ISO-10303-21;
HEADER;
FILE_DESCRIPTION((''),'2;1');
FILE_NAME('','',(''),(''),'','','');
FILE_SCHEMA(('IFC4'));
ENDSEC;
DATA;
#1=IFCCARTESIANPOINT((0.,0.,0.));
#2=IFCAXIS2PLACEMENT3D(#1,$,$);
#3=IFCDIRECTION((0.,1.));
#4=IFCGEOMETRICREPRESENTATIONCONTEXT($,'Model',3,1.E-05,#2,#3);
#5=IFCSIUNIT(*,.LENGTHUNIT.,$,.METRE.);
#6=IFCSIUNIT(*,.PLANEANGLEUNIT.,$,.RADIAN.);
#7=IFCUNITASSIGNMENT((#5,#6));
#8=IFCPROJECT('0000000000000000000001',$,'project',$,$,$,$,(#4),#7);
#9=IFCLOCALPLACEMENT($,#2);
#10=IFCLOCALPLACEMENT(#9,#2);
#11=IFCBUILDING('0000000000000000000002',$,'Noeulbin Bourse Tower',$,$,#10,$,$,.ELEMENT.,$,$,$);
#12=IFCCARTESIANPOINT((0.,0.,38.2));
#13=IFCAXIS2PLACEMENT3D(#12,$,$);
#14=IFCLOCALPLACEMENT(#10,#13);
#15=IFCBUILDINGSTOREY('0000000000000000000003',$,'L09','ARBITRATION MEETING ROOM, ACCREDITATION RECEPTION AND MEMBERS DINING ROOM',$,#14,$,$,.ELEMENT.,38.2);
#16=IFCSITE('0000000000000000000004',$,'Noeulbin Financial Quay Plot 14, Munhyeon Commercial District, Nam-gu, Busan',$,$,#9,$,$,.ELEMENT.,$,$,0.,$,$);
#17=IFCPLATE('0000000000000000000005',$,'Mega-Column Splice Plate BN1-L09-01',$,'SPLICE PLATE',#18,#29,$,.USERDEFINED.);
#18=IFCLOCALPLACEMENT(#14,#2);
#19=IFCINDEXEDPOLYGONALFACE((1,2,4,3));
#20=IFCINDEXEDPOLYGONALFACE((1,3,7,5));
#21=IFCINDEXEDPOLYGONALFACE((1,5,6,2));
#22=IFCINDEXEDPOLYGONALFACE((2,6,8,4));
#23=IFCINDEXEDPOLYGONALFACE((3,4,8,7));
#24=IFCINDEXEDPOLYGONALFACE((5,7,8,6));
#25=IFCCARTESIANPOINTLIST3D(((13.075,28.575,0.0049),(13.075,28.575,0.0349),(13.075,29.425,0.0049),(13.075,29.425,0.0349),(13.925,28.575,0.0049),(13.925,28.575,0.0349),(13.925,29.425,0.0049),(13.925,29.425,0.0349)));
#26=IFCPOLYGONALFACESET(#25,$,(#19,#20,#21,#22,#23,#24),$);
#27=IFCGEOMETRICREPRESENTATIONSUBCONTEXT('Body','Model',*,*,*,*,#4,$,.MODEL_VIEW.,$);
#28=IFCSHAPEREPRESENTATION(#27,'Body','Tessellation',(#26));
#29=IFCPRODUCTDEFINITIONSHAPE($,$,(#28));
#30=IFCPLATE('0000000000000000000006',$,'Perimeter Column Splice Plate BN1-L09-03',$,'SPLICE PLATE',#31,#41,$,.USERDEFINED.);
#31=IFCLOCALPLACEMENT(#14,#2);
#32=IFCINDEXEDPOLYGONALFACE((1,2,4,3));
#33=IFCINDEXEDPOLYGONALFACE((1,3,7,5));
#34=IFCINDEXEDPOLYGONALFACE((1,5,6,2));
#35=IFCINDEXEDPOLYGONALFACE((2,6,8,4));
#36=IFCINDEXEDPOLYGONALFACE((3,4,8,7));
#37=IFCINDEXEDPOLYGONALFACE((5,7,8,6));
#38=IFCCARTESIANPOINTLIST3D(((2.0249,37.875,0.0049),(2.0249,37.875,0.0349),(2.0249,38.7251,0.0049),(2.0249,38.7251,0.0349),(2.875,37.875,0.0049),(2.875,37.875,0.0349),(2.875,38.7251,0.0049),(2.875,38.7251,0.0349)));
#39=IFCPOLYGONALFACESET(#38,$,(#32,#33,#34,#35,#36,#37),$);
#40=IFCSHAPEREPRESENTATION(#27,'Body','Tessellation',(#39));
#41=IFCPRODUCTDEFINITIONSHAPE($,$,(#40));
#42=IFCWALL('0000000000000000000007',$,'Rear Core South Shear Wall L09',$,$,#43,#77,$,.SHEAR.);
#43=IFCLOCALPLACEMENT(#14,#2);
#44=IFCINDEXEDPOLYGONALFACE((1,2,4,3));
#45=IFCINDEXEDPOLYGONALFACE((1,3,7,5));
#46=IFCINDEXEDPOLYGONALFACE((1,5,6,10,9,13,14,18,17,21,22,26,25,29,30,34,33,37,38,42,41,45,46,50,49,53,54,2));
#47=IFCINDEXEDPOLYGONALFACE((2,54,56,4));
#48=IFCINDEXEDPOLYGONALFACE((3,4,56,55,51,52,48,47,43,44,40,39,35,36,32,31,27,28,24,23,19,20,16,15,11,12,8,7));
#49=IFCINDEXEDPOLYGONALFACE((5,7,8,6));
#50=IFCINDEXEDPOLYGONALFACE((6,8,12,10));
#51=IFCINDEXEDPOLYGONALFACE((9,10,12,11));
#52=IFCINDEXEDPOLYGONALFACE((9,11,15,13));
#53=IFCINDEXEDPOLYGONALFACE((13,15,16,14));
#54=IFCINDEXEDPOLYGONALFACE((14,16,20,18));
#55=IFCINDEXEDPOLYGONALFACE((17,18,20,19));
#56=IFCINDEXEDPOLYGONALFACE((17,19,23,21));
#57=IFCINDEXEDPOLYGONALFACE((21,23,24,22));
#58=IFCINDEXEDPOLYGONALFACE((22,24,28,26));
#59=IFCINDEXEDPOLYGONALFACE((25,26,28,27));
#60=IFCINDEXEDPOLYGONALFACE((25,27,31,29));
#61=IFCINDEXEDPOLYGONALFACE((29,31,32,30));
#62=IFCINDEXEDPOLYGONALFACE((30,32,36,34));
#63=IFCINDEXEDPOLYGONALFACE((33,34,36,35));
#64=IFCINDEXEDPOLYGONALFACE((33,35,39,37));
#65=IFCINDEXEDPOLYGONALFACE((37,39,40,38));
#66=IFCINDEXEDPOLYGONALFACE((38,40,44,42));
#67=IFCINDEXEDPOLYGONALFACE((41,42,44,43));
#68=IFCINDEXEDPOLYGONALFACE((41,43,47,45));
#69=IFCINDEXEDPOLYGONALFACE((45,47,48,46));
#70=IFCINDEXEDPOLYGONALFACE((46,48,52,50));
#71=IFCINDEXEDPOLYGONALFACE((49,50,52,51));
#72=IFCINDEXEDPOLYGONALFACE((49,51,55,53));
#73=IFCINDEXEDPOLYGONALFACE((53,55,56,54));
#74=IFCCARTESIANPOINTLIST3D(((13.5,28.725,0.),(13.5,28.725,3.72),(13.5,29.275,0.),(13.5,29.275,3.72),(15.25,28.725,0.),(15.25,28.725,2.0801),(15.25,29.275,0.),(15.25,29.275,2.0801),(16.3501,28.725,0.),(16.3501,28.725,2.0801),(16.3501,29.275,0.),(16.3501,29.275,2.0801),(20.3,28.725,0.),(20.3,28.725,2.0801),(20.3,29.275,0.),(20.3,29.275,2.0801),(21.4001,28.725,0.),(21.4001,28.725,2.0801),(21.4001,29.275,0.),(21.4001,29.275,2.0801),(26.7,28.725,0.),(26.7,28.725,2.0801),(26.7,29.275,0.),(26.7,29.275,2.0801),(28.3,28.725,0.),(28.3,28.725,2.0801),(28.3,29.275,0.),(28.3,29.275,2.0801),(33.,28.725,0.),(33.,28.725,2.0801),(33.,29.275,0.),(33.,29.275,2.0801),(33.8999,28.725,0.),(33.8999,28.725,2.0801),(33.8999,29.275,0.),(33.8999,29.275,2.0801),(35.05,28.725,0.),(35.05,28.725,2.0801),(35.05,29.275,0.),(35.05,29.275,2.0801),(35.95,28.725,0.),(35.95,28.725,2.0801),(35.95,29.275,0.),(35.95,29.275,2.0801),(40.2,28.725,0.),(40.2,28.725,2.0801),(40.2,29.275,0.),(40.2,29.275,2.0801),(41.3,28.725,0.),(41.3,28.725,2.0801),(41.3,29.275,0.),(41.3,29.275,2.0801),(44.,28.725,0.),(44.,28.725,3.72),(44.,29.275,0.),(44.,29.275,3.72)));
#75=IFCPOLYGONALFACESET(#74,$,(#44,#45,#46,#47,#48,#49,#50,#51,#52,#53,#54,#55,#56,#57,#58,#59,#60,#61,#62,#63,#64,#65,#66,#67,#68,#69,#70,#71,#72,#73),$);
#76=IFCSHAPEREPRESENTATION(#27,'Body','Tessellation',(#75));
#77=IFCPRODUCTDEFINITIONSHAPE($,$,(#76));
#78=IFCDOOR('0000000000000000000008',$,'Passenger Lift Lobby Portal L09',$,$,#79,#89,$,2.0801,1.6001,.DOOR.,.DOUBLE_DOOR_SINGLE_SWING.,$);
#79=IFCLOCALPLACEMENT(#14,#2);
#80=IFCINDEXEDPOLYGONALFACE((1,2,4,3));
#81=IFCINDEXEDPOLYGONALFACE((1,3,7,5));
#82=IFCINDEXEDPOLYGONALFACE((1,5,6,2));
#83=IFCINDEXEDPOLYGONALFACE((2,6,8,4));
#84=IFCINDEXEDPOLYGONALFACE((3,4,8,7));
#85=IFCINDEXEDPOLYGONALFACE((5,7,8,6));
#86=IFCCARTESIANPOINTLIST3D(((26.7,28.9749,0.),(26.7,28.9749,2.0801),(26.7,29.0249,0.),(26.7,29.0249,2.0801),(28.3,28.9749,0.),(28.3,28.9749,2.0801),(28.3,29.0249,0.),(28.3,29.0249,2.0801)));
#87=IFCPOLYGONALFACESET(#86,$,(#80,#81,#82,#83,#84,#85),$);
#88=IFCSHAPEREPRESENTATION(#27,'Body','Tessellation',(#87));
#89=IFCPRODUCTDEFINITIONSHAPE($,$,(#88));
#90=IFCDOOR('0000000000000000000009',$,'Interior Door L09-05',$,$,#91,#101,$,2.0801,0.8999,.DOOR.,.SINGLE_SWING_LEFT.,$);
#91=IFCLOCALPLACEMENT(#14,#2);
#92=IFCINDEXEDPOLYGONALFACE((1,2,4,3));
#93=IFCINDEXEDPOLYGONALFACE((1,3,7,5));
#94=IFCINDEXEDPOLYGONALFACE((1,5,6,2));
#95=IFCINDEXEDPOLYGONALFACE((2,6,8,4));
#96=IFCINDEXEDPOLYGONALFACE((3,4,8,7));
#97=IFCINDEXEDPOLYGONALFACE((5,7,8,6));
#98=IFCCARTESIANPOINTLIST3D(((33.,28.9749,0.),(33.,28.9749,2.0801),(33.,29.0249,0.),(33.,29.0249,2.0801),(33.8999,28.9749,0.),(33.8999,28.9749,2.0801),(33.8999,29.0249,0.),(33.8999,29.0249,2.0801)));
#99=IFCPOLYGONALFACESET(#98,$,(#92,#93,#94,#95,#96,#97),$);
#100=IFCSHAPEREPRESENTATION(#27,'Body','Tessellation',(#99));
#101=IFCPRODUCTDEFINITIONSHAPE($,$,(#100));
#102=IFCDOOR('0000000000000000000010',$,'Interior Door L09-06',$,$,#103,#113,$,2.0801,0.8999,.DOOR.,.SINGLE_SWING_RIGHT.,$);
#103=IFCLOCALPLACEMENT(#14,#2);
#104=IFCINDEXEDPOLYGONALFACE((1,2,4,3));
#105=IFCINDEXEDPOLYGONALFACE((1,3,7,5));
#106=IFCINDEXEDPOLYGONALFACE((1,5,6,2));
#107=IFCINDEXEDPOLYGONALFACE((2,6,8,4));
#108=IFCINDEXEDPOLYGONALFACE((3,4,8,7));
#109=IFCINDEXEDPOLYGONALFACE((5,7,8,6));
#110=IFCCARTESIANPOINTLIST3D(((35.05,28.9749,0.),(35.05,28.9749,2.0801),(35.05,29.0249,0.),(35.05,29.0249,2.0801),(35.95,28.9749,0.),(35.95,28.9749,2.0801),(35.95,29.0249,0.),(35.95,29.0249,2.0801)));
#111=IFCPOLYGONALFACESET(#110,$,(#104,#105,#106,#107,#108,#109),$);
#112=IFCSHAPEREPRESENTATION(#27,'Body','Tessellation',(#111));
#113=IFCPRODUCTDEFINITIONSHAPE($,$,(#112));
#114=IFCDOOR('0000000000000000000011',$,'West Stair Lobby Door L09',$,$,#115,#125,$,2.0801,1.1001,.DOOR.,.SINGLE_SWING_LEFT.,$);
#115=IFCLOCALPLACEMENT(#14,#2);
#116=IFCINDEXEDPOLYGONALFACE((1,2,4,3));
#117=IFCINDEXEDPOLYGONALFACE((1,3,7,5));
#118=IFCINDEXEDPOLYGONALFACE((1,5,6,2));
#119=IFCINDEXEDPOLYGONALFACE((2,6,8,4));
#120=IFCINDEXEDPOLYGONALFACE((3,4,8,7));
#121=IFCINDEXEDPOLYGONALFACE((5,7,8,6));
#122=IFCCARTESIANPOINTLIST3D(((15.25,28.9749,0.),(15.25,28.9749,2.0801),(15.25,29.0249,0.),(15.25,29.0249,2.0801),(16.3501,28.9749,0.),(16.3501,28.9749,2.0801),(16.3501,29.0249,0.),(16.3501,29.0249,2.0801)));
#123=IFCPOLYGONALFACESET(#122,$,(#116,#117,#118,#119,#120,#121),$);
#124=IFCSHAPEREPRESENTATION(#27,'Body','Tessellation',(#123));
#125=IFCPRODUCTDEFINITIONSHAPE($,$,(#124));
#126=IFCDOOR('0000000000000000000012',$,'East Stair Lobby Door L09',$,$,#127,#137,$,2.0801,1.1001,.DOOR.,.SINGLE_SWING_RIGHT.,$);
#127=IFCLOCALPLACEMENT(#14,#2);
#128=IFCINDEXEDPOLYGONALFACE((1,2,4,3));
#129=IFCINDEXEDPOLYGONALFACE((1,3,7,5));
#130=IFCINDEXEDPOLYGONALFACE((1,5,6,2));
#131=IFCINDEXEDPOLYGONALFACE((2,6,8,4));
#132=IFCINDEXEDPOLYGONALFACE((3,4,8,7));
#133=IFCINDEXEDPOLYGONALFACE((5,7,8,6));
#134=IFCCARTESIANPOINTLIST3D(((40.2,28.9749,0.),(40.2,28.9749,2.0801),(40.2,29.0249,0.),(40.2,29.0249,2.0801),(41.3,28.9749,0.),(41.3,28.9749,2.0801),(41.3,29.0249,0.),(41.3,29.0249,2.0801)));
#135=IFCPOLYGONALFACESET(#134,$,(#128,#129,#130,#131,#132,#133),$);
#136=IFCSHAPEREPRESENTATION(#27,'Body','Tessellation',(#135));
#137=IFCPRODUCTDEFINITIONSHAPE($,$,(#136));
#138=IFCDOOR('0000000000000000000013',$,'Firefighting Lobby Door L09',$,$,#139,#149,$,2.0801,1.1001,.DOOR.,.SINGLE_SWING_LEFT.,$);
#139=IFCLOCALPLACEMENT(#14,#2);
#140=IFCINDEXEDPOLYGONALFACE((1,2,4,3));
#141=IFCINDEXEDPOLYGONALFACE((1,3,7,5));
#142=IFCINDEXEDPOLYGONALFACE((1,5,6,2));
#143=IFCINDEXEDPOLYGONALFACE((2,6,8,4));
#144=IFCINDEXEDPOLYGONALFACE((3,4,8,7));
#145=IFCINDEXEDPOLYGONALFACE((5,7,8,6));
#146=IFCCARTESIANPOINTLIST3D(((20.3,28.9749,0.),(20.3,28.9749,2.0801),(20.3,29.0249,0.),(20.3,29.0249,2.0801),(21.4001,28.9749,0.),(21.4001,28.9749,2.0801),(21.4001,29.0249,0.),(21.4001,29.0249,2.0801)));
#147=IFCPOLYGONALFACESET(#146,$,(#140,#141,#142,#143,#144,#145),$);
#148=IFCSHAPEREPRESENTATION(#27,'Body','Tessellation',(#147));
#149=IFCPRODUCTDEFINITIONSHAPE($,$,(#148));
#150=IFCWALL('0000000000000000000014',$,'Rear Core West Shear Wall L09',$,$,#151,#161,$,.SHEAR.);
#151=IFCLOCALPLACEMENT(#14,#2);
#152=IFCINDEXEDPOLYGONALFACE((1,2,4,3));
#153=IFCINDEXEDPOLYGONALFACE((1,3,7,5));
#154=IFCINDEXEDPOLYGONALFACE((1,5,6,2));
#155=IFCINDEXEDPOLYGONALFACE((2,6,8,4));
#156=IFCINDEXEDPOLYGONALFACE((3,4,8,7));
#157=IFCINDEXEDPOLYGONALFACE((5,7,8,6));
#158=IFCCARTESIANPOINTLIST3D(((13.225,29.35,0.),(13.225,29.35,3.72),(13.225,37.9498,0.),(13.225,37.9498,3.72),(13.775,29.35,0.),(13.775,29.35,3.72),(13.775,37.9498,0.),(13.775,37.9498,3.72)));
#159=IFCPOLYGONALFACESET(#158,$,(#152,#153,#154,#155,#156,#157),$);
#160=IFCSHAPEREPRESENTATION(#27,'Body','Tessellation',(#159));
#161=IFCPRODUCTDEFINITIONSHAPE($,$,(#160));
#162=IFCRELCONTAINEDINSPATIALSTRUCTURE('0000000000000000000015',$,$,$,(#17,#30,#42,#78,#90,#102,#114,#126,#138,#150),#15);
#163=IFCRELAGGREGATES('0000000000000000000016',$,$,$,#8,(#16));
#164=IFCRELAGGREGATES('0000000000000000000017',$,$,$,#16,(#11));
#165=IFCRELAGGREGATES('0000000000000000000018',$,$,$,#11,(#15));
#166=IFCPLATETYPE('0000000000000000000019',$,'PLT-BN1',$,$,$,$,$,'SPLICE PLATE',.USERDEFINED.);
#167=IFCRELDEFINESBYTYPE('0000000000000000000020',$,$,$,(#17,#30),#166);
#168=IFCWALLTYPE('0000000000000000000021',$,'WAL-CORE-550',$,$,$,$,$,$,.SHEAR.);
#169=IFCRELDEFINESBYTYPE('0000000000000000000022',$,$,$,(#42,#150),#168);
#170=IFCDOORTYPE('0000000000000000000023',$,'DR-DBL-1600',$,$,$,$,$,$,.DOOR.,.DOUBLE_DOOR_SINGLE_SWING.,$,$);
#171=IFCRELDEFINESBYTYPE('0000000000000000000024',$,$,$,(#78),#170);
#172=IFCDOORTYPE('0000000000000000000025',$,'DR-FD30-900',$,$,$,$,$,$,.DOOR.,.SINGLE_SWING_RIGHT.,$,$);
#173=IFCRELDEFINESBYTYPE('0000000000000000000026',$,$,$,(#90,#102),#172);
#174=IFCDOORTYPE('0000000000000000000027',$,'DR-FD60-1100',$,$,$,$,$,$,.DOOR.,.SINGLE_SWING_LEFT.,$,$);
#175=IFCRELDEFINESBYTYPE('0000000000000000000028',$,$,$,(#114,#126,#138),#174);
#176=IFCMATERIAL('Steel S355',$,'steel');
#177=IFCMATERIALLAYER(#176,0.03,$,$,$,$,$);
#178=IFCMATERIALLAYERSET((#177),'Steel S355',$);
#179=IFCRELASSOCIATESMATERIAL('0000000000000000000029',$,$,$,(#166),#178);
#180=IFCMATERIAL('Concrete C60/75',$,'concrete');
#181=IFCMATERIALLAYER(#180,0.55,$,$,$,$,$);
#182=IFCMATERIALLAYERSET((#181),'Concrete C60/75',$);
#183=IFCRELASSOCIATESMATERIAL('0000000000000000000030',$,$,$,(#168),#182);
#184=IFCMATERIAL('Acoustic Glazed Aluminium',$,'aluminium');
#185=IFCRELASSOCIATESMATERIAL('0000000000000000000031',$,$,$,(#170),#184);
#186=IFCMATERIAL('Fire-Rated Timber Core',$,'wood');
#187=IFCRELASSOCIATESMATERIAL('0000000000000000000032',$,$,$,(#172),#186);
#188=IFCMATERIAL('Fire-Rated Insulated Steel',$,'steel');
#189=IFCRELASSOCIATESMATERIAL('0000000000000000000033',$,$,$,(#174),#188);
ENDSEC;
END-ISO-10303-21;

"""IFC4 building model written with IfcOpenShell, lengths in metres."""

from ifc_helpers import new_model, si_unit, direction, frame, frame_2d, origin, origin_2d, place, context, subcontext, project, spatial, rectangle, extrude, material, layer, layer_set, type_object, element, fill, save


model = new_model("IFC4")

# Units and contexts
model_context = context("Model", 3, precision=1e-05, world=origin(), true_north=direction((0.0, 1.0)))
body_context = subcontext(model_context, "Body", "Model", "MODEL_VIEW")
ifc_project = project(units=[si_unit("LENGTHUNIT", "METRE"), si_unit("PLANEANGLEUNIT", "RADIAN")], contexts=[model_context])

# Site, building, storey
site_placement = place(None, origin())
site = spatial("IfcSite", under=ifc_project, at=site_placement, Name="Noeulbin Financial Quay Plot 14, Munhyeon Commercial District, Nam-gu, Busan", CompositionType="ELEMENT", RefElevation=0.0)
building_placement = place(site_placement, origin())
building = spatial("IfcBuilding", under=site, at=building_placement, Name="Noeulbin Bourse Tower", CompositionType="ELEMENT")
storey_placement = place(building_placement, frame((0.0, 0.0, 38.2)))
storey = spatial("IfcBuildingStorey", under=building, at=storey_placement, Name="L09", Description="ARBITRATION MEETING ROOM, ACCREDITATION RECEPTION AND MEMBERS DINING ROOM", CompositionType="ELEMENT", Elevation=38.2)

# Shared definitions
ifc_material_1 = material(Name="Steel S355", Category="steel")

# Plates
ifc_layer_1 = layer(ifc_material_1, 0.03)
ifc_layer_set_1 = layer_set([ifc_layer_1], Name="Steel S355")
plate_type = type_object("IfcPlateType", Name="PLT-BN1", ElementType="SPLICE PLATE", PredefinedType="USERDEFINED", material=ifc_layer_set_1)
for number, where, z_axis, x_axis, name in (
    (1, (13.5, 29.0, 0.0049), (0.0, 0.0, 1.0), (1.0, 0.0, 0.0), "Mega-Column Splice Plate BN1-L09-01"),
    (2, (2.45, 38.3, 0.0049), (0.0, 0.0, 1.0), (1.0, 0.0, 0.0), "Perimeter Column Splice Plate BN1-L09-03"),
):
    element("IfcPlate", number, at=place(storey_placement, frame(where, z_axis=z_axis, x_axis=x_axis)), inside=storey, type_object=plate_type, Name=name, ObjectType="SPLICE PLATE", PredefinedType="USERDEFINED", context=body_context, shape_type="SweptSolid", body=[
        extrude(rectangle(XDim=0.8501, YDim=0.8501, at=origin_2d()), origin(), (0.0, 0.0, 1.0), 0.03),
    ])

# Wall, openings, doors
ifc_material_2 = material(Name="Concrete C60/75", Category="concrete")
ifc_layer_2 = layer(ifc_material_2, 0.55)
ifc_layer_set_2 = layer_set([ifc_layer_2], Name="Concrete C60/75")
wall_type_1 = type_object("IfcWallType", Name="WAL-CORE-550", PredefinedType="SHEAR", material=ifc_layer_set_2)
wall_1_placement = place(storey_placement, frame((13.5, 29.0, 0.0), z_axis=(0.0, 0.0, 1.0), x_axis=(1.0, 0.0, 0.0)))
wall_1 = element("IfcWall", 3, at=wall_1_placement, inside=storey, type_object=wall_type_1, Name="Rear Core South Shear Wall L09", PredefinedType="SHEAR", context=body_context, shape_type="SweptSolid", body=[
    extrude(rectangle(XDim=30.5, YDim=0.55, at=frame_2d((15.25, 0.0))), origin(), (0.0, 0.0, 1.0), 3.72),
])
opening_1_placement = place(wall_1_placement, frame((1.75, 0.0, 0.0)))
opening_1 = element("IfcOpeningElement", 4, at=opening_1_placement, cuts=wall_1, PredefinedType="OPENING", context=body_context, shape_type="SweptSolid", body=[
    extrude(rectangle(XDim=1.1001, YDim=2.0801, at=frame_2d((0.55, 1.04))), frame((0.0, 0.2849, 0.0), z_axis=(0.0, -1.0, 0.0), x_axis=(1.0, 0.0, 0.0)), (0.0, 0.0, 1.0), 0.5701),
])
opening_2_placement = place(wall_1_placement, frame((26.7, 0.0, 0.0)))
opening_2 = element("IfcOpeningElement", 5, at=opening_2_placement, cuts=wall_1, PredefinedType="OPENING", context=body_context, shape_type="SweptSolid", body=[
    extrude(rectangle(XDim=1.1001, YDim=2.0801, at=frame_2d((0.55, 1.04))), frame((0.0, 0.2849, 0.0), z_axis=(0.0, -1.0, 0.0), x_axis=(1.0, 0.0, 0.0)), (0.0, 0.0, 1.0), 0.5701),
])
opening_3_placement = place(wall_1_placement, frame((6.8, 0.0, 0.0)))
opening_3 = element("IfcOpeningElement", 6, at=opening_3_placement, cuts=wall_1, PredefinedType="OPENING", context=body_context, shape_type="SweptSolid", body=[
    extrude(rectangle(XDim=1.1001, YDim=2.0801, at=frame_2d((0.55, 1.04))), frame((0.0, 0.2849, 0.0), z_axis=(0.0, -1.0, 0.0), x_axis=(1.0, 0.0, 0.0)), (0.0, 0.0, 1.0), 0.5701),
])
opening_4_placement = place(wall_1_placement, frame((13.2, 0.0, 0.0)))
opening_4 = element("IfcOpeningElement", 7, at=opening_4_placement, cuts=wall_1, PredefinedType="OPENING", context=body_context, shape_type="SweptSolid", body=[
    extrude(rectangle(XDim=1.6001, YDim=2.0801, at=frame_2d((0.8, 1.04))), frame((0.0, 0.2849, 0.0), z_axis=(0.0, -1.0, 0.0), x_axis=(1.0, 0.0, 0.0)), (0.0, 0.0, 1.0), 0.5701),
])
opening_5_placement = place(wall_1_placement, frame((19.5, 0.0, 0.0)))
opening_5 = element("IfcOpeningElement", 8, at=opening_5_placement, cuts=wall_1, PredefinedType="OPENING", context=body_context, shape_type="SweptSolid", body=[
    extrude(rectangle(XDim=0.8999, YDim=2.0801, at=frame_2d((0.45, 1.04))), frame((0.0, 0.2849, 0.0), z_axis=(0.0, -1.0, 0.0), x_axis=(1.0, 0.0, 0.0)), (0.0, 0.0, 1.0), 0.5701),
])
opening_6_placement = place(wall_1_placement, frame((21.55, 0.0, 0.0)))
opening_6 = element("IfcOpeningElement", 9, at=opening_6_placement, cuts=wall_1, PredefinedType="OPENING", context=body_context, shape_type="SweptSolid", body=[
    extrude(rectangle(XDim=0.8999, YDim=2.0801, at=frame_2d((0.45, 1.04))), frame((0.0, 0.2849, 0.0), z_axis=(0.0, -1.0, 0.0), x_axis=(1.0, 0.0, 0.0)), (0.0, 0.0, 1.0), 0.5701),
])
ifc_material_3 = material(Name="Acoustic Glazed Aluminium", Category="aluminium")
door_type_1 = type_object("IfcDoorType", Name="DR-DBL-1600", OperationType="DOUBLE_DOOR_SINGLE_SWING", PredefinedType="DOOR", material=ifc_material_3)
door_1_placement = place(opening_4_placement, origin())
door_1 = element("IfcDoor", 10, at=door_1_placement, inside=storey, type_object=door_type_1, Name="Passenger Lift Lobby Portal L09", OperationType="DOUBLE_DOOR_SINGLE_SWING", OverallHeight=2.0801, OverallWidth=1.6001, PredefinedType="DOOR", context=body_context, shape_type="SweptSolid", body=[
    extrude(rectangle(XDim=1.6001, YDim=2.0801, at=frame_2d((0.8, 1.04))), frame((0.0, 0.0249, 0.0), z_axis=(0.0, -1.0, 0.0), x_axis=(1.0, 0.0, 0.0)), (0.0, 0.0, 1.0), 0.05),
])
fill(opening_4, door_1)
ifc_material_4 = material(Name="Fire-Rated Timber Core", Category="wood")
door_type_2 = type_object("IfcDoorType", Name="DR-FD30-900", OperationType="SINGLE_SWING_RIGHT", PredefinedType="DOOR", material=ifc_material_4)
door_2_placement = place(opening_5_placement, origin())
door_2 = element("IfcDoor", 11, at=door_2_placement, inside=storey, type_object=door_type_2, Name="Interior Door L09-05", OperationType="SINGLE_SWING_LEFT", OverallHeight=2.0801, OverallWidth=0.8999, PredefinedType="DOOR", context=body_context, shape_type="SweptSolid", body=[
    extrude(rectangle(XDim=0.8999, YDim=2.0801, at=frame_2d((0.45, 1.04))), frame((0.0, 0.0249, 0.0), z_axis=(0.0, -1.0, 0.0), x_axis=(1.0, 0.0, 0.0)), (0.0, 0.0, 1.0), 0.05),
])
fill(opening_5, door_2)
door_3_placement = place(opening_6_placement, origin())
door_3 = element("IfcDoor", 12, at=door_3_placement, inside=storey, type_object=door_type_2, Name="Interior Door L09-06", OperationType="SINGLE_SWING_RIGHT", OverallHeight=2.0801, OverallWidth=0.8999, PredefinedType="DOOR", context=body_context, shape_type="SweptSolid", body=[
    extrude(rectangle(XDim=0.8999, YDim=2.0801, at=frame_2d((0.45, 1.04))), frame((0.0, 0.0249, 0.0), z_axis=(0.0, -1.0, 0.0), x_axis=(1.0, 0.0, 0.0)), (0.0, 0.0, 1.0), 0.05),
])
fill(opening_6, door_3)
ifc_material_5 = material(Name="Fire-Rated Insulated Steel", Category="steel")
door_type_3 = type_object("IfcDoorType", Name="DR-FD60-1100", OperationType="SINGLE_SWING_LEFT", PredefinedType="DOOR", material=ifc_material_5)
door_4_placement = place(opening_1_placement, origin())
door_4 = element("IfcDoor", 13, at=door_4_placement, inside=storey, type_object=door_type_3, Name="West Stair Lobby Door L09", OperationType="SINGLE_SWING_LEFT", OverallHeight=2.0801, OverallWidth=1.1001, PredefinedType="DOOR", context=body_context, shape_type="SweptSolid", body=[
    extrude(rectangle(XDim=1.1001, YDim=2.0801, at=frame_2d((0.55, 1.04))), frame((0.0, 0.0249, 0.0), z_axis=(0.0, -1.0, 0.0), x_axis=(1.0, 0.0, 0.0)), (0.0, 0.0, 1.0), 0.05),
])
fill(opening_1, door_4)
door_5_placement = place(opening_2_placement, origin())
door_5 = element("IfcDoor", 14, at=door_5_placement, inside=storey, type_object=door_type_3, Name="East Stair Lobby Door L09", OperationType="SINGLE_SWING_RIGHT", OverallHeight=2.0801, OverallWidth=1.1001, PredefinedType="DOOR", context=body_context, shape_type="SweptSolid", body=[
    extrude(rectangle(XDim=1.1001, YDim=2.0801, at=frame_2d((0.55, 1.04))), frame((0.0, 0.0249, 0.0), z_axis=(0.0, -1.0, 0.0), x_axis=(1.0, 0.0, 0.0)), (0.0, 0.0, 1.0), 0.05),
])
fill(opening_2, door_5)
door_6_placement = place(opening_3_placement, origin())
door_6 = element("IfcDoor", 15, at=door_6_placement, inside=storey, type_object=door_type_3, Name="Firefighting Lobby Door L09", OperationType="SINGLE_SWING_LEFT", OverallHeight=2.0801, OverallWidth=1.1001, PredefinedType="DOOR", context=body_context, shape_type="SweptSolid", body=[
    extrude(rectangle(XDim=1.1001, YDim=2.0801, at=frame_2d((0.55, 1.04))), frame((0.0, 0.0249, 0.0), z_axis=(0.0, -1.0, 0.0), x_axis=(1.0, 0.0, 0.0)), (0.0, 0.0, 1.0), 0.05),
])
fill(opening_3, door_6)

# Wall
wall_2_placement = place(storey_placement, frame((13.5, 29.3501, 0.0), z_axis=(0.0, 0.0, 1.0), x_axis=(0.0, 1.0, 0.0)))
element("IfcWall", 16, at=wall_2_placement, inside=storey, type_object=wall_type_1, Name="Rear Core West Shear Wall L09", PredefinedType="SHEAR", context=body_context, shape_type="SweptSolid", body=[
    extrude(rectangle(XDim=8.5999, YDim=0.55, at=frame_2d((4.2998, 0.0))), origin(), (0.0, 0.0, 1.0), 3.72),
])

save(model, "model.ifc")
